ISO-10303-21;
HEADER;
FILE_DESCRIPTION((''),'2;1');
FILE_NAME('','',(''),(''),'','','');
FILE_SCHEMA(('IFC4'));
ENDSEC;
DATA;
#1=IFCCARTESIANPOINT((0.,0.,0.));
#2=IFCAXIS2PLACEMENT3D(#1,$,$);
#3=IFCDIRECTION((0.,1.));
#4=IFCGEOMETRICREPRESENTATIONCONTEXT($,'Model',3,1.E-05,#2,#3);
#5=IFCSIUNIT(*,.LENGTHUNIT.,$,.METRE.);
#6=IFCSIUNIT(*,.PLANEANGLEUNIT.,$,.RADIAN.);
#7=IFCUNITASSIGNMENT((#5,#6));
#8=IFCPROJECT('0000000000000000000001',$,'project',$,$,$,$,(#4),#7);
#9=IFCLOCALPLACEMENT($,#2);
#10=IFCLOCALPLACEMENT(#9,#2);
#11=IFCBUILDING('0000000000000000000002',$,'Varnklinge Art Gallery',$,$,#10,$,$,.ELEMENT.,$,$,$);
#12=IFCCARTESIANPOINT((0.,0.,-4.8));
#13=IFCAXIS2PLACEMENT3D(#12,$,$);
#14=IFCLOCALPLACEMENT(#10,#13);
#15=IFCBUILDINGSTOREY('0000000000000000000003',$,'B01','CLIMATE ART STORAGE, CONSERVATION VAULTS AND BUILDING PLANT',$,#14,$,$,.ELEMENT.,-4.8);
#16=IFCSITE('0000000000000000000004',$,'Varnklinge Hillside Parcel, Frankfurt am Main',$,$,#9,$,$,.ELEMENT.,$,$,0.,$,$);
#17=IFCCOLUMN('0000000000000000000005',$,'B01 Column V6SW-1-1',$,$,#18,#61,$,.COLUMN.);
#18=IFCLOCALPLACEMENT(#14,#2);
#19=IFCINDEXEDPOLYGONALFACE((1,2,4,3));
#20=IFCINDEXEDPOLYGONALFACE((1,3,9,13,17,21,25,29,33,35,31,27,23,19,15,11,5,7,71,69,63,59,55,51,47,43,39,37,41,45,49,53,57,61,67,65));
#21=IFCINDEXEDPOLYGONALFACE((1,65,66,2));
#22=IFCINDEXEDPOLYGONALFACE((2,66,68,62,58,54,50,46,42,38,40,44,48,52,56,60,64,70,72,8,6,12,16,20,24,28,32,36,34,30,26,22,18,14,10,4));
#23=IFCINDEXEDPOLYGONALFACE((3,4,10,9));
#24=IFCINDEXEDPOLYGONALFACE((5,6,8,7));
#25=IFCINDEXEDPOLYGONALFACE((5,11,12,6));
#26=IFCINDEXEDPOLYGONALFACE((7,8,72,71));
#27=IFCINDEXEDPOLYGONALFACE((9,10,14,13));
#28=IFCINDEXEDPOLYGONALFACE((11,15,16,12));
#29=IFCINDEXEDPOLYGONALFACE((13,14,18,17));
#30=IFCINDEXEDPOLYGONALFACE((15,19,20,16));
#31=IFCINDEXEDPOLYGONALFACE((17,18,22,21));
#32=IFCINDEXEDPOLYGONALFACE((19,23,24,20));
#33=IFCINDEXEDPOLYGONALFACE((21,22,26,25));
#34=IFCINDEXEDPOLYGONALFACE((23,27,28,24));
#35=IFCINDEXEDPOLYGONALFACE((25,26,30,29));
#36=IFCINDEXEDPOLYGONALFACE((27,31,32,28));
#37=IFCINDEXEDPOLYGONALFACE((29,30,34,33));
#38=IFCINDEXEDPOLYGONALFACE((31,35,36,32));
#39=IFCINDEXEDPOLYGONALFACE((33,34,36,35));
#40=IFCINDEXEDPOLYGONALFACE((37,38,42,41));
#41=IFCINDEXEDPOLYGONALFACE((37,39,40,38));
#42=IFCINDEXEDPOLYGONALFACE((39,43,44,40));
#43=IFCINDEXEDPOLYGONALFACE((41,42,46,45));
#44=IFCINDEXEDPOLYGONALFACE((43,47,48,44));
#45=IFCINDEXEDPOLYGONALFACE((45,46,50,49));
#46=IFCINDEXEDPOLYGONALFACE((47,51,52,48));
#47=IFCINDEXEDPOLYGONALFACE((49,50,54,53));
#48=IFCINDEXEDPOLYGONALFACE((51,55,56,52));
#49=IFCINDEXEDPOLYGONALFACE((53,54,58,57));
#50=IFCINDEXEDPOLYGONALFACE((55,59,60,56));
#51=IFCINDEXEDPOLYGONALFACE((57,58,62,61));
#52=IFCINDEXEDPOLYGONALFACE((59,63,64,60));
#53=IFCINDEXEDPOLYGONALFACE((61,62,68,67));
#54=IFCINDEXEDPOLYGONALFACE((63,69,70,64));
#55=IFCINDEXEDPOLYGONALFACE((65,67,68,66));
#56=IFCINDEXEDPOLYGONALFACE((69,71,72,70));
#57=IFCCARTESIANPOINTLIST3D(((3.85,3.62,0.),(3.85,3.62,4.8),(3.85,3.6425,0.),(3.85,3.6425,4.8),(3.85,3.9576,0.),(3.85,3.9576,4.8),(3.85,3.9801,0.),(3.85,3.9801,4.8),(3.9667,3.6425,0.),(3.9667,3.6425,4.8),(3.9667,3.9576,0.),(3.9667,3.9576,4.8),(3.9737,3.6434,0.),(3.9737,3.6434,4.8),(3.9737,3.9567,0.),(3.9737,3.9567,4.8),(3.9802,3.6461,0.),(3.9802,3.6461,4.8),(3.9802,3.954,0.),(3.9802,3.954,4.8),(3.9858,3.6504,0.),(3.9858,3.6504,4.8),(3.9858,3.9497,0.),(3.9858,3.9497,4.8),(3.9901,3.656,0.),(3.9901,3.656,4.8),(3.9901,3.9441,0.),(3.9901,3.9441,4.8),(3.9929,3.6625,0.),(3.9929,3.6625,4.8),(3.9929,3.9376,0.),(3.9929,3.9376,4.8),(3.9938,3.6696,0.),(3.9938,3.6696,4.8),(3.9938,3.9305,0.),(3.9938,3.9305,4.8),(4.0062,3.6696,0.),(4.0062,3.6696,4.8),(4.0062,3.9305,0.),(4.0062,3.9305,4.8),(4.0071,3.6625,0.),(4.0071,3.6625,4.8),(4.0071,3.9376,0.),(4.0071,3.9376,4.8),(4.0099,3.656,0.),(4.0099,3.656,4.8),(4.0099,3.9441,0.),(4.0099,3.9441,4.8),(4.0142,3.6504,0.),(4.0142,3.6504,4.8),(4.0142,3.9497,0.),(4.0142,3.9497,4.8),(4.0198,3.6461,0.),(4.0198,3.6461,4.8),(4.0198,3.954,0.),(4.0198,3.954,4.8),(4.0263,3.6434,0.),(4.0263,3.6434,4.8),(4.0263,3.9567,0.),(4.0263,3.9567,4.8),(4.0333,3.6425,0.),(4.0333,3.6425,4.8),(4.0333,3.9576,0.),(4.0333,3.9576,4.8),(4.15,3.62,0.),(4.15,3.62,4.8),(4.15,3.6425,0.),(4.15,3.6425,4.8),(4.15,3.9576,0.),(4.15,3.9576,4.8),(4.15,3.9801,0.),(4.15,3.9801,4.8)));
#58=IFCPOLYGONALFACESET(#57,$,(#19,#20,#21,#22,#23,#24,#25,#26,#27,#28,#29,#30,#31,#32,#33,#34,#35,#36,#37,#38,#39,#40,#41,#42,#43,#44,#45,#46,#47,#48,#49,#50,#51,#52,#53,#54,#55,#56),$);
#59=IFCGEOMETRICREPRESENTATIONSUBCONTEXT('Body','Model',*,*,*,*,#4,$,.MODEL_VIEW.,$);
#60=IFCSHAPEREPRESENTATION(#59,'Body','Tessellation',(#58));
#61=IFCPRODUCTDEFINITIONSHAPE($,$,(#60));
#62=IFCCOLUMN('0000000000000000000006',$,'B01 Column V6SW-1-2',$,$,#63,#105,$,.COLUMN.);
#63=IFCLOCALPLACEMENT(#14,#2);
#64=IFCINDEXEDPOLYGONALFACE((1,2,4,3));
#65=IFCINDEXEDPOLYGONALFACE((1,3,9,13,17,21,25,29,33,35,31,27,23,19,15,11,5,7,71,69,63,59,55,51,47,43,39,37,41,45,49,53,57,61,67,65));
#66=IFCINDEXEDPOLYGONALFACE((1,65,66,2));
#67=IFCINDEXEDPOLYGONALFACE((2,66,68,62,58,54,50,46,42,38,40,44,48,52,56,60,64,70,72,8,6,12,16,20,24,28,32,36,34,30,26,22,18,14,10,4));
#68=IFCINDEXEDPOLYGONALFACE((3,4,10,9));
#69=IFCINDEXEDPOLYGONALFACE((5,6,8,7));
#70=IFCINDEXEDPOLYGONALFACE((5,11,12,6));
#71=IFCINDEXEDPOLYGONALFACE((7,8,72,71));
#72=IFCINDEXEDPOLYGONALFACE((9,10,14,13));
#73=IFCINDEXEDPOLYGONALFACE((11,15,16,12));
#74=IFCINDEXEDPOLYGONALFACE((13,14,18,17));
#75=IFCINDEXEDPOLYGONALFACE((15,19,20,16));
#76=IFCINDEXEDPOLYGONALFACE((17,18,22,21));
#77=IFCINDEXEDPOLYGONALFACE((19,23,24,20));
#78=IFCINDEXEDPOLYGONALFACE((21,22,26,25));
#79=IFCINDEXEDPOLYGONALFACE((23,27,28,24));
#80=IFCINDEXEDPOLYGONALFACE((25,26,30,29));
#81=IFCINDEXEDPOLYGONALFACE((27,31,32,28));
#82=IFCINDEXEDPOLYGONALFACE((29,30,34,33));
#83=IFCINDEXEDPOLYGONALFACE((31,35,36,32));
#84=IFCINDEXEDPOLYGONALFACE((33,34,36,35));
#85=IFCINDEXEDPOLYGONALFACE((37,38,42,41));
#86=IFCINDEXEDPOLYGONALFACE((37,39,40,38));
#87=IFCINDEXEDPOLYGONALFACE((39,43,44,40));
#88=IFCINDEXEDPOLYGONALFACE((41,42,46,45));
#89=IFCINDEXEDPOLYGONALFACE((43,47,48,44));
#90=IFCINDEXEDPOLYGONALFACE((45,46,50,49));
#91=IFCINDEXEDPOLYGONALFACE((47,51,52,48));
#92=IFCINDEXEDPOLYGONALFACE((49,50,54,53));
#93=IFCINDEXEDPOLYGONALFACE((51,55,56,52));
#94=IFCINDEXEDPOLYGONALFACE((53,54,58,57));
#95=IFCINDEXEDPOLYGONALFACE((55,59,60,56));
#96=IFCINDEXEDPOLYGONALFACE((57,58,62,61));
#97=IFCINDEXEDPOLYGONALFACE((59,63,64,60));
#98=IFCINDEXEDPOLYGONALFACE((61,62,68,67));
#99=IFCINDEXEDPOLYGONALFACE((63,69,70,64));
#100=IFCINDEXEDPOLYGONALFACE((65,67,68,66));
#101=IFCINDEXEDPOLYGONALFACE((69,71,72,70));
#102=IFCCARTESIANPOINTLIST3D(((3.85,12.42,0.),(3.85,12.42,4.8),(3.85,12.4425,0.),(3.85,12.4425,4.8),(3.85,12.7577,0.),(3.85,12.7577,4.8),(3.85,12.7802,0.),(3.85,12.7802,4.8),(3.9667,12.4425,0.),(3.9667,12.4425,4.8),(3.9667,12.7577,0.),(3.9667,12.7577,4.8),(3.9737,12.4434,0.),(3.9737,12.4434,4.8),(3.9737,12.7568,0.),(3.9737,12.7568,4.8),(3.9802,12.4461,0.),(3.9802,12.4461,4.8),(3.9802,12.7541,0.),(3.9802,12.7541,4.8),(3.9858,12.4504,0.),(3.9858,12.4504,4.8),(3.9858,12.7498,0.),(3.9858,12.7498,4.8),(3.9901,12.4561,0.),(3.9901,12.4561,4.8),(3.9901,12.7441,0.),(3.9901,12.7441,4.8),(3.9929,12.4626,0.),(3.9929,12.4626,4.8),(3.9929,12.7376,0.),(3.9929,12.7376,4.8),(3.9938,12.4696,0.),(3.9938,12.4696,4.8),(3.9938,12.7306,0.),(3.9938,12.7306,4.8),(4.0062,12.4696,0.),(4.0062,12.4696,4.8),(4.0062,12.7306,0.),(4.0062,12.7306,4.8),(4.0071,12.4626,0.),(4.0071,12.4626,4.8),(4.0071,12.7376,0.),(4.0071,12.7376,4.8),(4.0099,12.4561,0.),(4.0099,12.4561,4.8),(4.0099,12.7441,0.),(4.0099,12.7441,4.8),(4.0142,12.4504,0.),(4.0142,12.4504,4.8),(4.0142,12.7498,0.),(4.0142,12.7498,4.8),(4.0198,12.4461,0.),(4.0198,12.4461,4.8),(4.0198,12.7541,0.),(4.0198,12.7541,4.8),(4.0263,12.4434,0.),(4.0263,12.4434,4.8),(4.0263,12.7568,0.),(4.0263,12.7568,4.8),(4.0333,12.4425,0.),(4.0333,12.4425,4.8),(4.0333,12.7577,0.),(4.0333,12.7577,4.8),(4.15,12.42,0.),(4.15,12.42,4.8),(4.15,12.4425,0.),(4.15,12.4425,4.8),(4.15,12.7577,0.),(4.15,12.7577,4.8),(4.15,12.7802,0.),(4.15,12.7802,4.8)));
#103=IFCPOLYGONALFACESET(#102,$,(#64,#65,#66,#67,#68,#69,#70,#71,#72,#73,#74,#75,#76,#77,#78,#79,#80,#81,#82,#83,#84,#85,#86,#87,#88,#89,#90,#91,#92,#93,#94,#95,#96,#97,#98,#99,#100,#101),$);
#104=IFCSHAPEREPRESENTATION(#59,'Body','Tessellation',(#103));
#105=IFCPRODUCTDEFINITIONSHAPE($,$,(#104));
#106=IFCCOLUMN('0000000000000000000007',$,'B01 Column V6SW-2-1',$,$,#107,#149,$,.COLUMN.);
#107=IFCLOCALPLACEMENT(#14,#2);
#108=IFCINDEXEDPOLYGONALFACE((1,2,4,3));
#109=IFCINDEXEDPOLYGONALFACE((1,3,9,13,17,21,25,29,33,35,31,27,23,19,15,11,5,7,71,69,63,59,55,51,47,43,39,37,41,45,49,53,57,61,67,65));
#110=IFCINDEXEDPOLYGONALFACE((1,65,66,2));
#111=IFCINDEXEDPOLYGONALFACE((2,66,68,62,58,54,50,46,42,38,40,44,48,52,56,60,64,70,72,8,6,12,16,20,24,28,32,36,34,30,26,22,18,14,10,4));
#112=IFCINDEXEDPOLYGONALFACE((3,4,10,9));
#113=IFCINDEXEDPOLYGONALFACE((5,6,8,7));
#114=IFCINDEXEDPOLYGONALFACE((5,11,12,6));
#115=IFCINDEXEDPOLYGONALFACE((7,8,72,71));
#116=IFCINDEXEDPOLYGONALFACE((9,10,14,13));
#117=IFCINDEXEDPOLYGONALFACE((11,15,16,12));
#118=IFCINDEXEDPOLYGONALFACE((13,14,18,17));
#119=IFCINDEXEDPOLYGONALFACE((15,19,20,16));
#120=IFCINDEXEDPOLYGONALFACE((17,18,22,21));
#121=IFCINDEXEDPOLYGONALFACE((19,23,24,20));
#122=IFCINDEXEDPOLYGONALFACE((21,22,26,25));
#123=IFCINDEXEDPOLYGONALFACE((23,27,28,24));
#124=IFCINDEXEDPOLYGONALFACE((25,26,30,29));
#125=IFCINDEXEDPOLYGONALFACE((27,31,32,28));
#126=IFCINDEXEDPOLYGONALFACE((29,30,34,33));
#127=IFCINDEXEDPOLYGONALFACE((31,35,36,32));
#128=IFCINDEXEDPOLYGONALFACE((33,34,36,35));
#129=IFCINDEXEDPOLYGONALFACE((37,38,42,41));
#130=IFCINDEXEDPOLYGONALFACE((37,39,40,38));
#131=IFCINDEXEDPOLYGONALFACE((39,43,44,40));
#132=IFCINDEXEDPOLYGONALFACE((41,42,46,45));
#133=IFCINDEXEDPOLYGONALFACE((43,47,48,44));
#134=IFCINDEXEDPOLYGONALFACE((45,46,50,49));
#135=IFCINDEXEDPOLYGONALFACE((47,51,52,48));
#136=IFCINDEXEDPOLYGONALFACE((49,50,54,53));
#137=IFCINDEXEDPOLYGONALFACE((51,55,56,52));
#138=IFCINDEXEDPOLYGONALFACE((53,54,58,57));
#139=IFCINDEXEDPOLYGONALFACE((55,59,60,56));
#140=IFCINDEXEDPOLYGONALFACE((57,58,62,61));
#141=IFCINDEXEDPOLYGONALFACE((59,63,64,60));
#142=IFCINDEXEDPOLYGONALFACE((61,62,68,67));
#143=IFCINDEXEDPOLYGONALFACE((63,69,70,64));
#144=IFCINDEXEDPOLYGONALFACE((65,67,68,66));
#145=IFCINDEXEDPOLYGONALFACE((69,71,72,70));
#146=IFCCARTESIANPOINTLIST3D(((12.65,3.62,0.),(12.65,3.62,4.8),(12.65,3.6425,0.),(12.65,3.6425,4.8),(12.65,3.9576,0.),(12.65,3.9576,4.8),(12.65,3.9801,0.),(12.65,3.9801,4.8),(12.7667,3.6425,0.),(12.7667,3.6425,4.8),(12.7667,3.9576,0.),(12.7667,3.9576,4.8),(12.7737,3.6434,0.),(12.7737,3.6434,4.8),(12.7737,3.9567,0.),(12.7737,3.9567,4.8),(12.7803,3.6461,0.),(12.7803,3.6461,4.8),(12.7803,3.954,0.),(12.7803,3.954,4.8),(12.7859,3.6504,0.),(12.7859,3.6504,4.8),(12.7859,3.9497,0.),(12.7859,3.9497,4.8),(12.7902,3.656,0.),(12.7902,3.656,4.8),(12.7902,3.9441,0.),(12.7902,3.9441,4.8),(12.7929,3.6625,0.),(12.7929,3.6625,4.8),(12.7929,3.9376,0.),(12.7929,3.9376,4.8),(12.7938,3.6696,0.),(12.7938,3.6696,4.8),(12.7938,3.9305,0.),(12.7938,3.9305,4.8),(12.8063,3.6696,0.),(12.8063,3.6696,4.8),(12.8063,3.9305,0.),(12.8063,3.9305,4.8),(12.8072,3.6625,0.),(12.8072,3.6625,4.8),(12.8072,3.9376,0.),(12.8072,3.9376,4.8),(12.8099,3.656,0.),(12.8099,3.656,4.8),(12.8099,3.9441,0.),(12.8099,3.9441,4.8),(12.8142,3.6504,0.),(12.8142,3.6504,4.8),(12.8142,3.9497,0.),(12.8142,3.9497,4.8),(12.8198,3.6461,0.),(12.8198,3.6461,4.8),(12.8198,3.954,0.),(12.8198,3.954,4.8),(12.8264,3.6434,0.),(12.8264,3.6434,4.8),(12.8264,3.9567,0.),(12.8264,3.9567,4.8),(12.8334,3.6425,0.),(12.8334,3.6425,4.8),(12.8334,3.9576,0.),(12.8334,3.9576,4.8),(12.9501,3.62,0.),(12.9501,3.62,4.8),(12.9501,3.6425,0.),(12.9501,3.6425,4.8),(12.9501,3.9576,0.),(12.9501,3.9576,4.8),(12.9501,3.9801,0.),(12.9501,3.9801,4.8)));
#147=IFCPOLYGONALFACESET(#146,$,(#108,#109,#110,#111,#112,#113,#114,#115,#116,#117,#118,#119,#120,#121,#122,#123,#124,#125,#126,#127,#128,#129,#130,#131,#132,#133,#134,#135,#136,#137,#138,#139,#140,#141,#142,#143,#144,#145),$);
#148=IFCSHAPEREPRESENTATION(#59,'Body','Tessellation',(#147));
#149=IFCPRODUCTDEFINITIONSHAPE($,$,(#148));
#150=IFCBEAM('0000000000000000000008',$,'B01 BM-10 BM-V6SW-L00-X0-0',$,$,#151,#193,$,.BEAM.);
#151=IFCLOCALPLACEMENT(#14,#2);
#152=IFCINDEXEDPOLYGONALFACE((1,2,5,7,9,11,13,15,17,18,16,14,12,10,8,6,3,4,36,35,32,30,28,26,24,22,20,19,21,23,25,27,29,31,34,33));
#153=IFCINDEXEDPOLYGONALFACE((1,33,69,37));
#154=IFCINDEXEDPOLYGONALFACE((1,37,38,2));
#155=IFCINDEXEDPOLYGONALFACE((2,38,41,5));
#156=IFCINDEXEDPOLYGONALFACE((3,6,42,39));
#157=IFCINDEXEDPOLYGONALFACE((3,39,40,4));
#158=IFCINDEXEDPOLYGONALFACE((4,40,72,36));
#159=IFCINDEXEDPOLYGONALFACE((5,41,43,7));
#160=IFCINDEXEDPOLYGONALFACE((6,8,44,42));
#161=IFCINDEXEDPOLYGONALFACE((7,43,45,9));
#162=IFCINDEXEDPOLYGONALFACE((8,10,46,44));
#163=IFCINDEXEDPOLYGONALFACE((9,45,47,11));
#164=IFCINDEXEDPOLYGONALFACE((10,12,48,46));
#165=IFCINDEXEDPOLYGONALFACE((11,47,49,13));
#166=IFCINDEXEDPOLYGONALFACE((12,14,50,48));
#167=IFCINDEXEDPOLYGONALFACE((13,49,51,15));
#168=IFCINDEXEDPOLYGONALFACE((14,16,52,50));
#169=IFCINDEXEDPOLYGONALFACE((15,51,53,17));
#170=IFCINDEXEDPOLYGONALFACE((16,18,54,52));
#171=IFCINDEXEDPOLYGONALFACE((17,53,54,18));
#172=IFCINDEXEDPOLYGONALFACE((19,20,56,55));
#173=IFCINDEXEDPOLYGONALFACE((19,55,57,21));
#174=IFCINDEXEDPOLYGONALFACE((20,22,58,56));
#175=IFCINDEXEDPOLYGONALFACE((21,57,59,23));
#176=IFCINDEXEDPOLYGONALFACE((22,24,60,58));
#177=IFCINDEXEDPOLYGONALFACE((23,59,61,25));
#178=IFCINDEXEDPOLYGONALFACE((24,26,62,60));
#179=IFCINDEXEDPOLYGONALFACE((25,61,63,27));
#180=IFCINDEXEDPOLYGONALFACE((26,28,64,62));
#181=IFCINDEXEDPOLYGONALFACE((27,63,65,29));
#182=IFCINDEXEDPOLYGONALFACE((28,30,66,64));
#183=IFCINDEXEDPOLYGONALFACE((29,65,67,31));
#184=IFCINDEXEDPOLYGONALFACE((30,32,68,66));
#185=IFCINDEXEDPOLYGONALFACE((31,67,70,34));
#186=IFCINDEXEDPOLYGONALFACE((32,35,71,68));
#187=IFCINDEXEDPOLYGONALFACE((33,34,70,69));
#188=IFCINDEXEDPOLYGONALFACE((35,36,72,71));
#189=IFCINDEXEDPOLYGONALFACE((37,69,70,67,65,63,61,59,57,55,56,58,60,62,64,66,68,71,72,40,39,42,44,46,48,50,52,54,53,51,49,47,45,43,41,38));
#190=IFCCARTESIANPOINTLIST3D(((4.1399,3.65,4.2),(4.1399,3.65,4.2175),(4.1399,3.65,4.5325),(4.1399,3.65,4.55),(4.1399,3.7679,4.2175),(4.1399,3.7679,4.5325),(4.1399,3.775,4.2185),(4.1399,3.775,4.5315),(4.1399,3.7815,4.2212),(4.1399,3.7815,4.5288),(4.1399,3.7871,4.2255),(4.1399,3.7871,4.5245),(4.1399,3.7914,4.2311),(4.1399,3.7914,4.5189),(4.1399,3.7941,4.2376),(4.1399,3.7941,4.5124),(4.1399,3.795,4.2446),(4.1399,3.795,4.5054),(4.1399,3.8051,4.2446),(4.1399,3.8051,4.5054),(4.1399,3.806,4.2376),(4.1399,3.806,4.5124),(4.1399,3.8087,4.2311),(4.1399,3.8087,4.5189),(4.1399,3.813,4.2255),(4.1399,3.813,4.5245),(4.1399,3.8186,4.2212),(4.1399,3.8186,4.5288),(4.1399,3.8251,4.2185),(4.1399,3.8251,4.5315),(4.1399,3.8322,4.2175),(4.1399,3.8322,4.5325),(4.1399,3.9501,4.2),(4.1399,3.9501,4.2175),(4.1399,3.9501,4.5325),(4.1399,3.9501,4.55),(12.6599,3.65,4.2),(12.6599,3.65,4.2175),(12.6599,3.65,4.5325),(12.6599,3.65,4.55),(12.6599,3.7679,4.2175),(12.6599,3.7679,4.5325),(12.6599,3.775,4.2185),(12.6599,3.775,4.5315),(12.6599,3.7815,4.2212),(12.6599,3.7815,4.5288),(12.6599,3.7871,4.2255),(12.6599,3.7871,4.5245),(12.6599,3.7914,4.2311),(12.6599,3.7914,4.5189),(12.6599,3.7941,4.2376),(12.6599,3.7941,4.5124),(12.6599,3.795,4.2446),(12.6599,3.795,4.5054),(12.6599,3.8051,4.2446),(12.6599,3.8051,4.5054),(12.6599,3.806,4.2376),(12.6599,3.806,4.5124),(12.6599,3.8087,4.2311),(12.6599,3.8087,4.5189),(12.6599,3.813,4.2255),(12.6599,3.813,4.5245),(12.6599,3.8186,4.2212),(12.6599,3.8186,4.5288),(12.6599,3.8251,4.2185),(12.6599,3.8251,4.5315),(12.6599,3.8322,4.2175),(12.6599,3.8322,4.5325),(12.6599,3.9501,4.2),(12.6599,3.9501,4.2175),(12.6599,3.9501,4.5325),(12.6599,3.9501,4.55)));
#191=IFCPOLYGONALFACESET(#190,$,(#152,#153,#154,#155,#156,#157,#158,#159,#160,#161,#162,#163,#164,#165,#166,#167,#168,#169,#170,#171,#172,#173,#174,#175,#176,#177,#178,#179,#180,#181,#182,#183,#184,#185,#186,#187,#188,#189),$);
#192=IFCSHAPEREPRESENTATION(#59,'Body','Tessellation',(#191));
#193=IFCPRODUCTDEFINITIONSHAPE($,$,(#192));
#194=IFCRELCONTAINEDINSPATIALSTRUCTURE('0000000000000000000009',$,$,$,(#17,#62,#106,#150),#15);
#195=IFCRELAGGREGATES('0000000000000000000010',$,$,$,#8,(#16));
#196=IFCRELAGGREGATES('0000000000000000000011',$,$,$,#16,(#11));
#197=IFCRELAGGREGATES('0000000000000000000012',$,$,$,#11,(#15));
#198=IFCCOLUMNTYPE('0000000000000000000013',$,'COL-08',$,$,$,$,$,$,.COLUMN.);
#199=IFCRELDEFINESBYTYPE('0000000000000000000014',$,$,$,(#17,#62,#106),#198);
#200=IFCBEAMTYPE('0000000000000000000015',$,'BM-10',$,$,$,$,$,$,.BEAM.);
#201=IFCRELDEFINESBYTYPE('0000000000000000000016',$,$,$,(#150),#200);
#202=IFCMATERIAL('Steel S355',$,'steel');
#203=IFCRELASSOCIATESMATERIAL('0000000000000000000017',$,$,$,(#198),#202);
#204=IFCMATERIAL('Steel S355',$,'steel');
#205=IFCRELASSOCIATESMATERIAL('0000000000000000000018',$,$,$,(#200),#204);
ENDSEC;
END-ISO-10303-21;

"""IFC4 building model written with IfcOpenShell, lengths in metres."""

from ifc_helpers import new_model, si_unit, direction, frame, origin, origin_2d, place, context, subcontext, project, spatial, i_section, extrude, material, material_profile, profile_set, type_object, element, save


model = new_model("IFC4")

# Units and contexts
model_context = context("Model", 3, precision=1e-05, world=origin(), true_north=direction((0.0, 1.0)))
body_context = subcontext(model_context, "Body", "Model", "MODEL_VIEW")
ifc_project = project(units=[si_unit("LENGTHUNIT", "METRE"), si_unit("PLANEANGLEUNIT", "RADIAN")], contexts=[model_context])

# Site, building, storey
site_placement = place(None, origin())
site = spatial("IfcSite", under=ifc_project, at=site_placement, Name="Varnklinge Hillside Parcel, Frankfurt am Main", CompositionType="ELEMENT", RefElevation=0.0)
building_placement = place(site_placement, origin())
building = spatial("IfcBuilding", under=site, at=building_placement, Name="Varnklinge Art Gallery", CompositionType="ELEMENT")
storey_placement = place(building_placement, frame((0.0, 0.0, -4.8)))
storey = spatial("IfcBuildingStorey", under=building, at=storey_placement, Name="B01", Description="CLIMATE ART STORAGE, CONSERVATION VAULTS AND BUILDING PLANT", CompositionType="ELEMENT", Elevation=-4.8)

# Columns
ifc_material_1 = material(Name="Steel S355", Category="steel")
ifc_material_profile_1 = material_profile(ifc_material_1, i_section(OverallWidth=0.3, OverallDepth=0.3601, WebThickness=0.0125, FlangeThickness=0.0225, FilletRadius=0.0271, at=origin_2d()), Name="HEB 360")
ifc_profile_set_1 = profile_set([ifc_material_profile_1], Name="Steel S355")
column_type = type_object("IfcColumnType", Name="COL-08", PredefinedType="COLUMN", material=ifc_profile_set_1)
for number, where, z_axis, x_axis, name in (
    (1, (4.0, 3.8, 0.0), (0.0, 0.0, 1.0), (1.0, 0.0, 0.0), "B01 Column V6SW-1-1"),
    (2, (4.0, 12.6001, 0.0), (0.0, 0.0, 1.0), (1.0, 0.0, 0.0), "B01 Column V6SW-1-2"),
    (3, (12.8, 3.8, 0.0), (0.0, 0.0, 1.0), (1.0, 0.0, 0.0), "B01 Column V6SW-2-1"),
):
    element("IfcColumn", number, at=place(storey_placement, frame(where, z_axis=z_axis, x_axis=x_axis)), inside=storey, type_object=column_type, Name=name, PredefinedType="COLUMN", context=body_context, shape_type="SweptSolid", body=[
        extrude(i_section(OverallWidth=0.3, OverallDepth=0.3601, WebThickness=0.0125, FlangeThickness=0.0225, FilletRadius=0.0271, at=origin_2d()), origin(), (0.0, 0.0, 1.0), 4.8),
    ])

# Beam
ifc_material_2 = material(Name="Steel S355", Category="steel")
ifc_material_profile_2 = material_profile(ifc_material_2, i_section(OverallWidth=0.3, OverallDepth=0.3501, WebThickness=0.01, FlangeThickness=0.0176, FilletRadius=0.0271, at=origin_2d()), Name="HEA 360")
ifc_profile_set_2 = profile_set([ifc_material_profile_2], Name="Steel S355")
beam_type_1 = type_object("IfcBeamType", Name="BM-10", PredefinedType="BEAM", material=ifc_profile_set_2)
for number, where, z_axis, x_axis, name in (
    (4, (4.1399, 3.8, 4.375), (1.0, 0.0, 0.0), (0.0, 1.0, 0.0), "B01 BM-10 BM-V6SW-L00-X0-0"),
):
    element("IfcBeam", number, at=place(storey_placement, frame(where, z_axis=z_axis, x_axis=x_axis)), inside=storey, type_object=beam_type_1, Name=name, PredefinedType="BEAM", context=body_context, shape_type="SweptSolid", body=[
        extrude(i_section(OverallWidth=0.3, OverallDepth=0.3501, WebThickness=0.01, FlangeThickness=0.0176, FilletRadius=0.0271, at=origin_2d()), origin(), (0.0, 0.0, 1.0), 8.52),
    ])

save(model, "model.ifc")
